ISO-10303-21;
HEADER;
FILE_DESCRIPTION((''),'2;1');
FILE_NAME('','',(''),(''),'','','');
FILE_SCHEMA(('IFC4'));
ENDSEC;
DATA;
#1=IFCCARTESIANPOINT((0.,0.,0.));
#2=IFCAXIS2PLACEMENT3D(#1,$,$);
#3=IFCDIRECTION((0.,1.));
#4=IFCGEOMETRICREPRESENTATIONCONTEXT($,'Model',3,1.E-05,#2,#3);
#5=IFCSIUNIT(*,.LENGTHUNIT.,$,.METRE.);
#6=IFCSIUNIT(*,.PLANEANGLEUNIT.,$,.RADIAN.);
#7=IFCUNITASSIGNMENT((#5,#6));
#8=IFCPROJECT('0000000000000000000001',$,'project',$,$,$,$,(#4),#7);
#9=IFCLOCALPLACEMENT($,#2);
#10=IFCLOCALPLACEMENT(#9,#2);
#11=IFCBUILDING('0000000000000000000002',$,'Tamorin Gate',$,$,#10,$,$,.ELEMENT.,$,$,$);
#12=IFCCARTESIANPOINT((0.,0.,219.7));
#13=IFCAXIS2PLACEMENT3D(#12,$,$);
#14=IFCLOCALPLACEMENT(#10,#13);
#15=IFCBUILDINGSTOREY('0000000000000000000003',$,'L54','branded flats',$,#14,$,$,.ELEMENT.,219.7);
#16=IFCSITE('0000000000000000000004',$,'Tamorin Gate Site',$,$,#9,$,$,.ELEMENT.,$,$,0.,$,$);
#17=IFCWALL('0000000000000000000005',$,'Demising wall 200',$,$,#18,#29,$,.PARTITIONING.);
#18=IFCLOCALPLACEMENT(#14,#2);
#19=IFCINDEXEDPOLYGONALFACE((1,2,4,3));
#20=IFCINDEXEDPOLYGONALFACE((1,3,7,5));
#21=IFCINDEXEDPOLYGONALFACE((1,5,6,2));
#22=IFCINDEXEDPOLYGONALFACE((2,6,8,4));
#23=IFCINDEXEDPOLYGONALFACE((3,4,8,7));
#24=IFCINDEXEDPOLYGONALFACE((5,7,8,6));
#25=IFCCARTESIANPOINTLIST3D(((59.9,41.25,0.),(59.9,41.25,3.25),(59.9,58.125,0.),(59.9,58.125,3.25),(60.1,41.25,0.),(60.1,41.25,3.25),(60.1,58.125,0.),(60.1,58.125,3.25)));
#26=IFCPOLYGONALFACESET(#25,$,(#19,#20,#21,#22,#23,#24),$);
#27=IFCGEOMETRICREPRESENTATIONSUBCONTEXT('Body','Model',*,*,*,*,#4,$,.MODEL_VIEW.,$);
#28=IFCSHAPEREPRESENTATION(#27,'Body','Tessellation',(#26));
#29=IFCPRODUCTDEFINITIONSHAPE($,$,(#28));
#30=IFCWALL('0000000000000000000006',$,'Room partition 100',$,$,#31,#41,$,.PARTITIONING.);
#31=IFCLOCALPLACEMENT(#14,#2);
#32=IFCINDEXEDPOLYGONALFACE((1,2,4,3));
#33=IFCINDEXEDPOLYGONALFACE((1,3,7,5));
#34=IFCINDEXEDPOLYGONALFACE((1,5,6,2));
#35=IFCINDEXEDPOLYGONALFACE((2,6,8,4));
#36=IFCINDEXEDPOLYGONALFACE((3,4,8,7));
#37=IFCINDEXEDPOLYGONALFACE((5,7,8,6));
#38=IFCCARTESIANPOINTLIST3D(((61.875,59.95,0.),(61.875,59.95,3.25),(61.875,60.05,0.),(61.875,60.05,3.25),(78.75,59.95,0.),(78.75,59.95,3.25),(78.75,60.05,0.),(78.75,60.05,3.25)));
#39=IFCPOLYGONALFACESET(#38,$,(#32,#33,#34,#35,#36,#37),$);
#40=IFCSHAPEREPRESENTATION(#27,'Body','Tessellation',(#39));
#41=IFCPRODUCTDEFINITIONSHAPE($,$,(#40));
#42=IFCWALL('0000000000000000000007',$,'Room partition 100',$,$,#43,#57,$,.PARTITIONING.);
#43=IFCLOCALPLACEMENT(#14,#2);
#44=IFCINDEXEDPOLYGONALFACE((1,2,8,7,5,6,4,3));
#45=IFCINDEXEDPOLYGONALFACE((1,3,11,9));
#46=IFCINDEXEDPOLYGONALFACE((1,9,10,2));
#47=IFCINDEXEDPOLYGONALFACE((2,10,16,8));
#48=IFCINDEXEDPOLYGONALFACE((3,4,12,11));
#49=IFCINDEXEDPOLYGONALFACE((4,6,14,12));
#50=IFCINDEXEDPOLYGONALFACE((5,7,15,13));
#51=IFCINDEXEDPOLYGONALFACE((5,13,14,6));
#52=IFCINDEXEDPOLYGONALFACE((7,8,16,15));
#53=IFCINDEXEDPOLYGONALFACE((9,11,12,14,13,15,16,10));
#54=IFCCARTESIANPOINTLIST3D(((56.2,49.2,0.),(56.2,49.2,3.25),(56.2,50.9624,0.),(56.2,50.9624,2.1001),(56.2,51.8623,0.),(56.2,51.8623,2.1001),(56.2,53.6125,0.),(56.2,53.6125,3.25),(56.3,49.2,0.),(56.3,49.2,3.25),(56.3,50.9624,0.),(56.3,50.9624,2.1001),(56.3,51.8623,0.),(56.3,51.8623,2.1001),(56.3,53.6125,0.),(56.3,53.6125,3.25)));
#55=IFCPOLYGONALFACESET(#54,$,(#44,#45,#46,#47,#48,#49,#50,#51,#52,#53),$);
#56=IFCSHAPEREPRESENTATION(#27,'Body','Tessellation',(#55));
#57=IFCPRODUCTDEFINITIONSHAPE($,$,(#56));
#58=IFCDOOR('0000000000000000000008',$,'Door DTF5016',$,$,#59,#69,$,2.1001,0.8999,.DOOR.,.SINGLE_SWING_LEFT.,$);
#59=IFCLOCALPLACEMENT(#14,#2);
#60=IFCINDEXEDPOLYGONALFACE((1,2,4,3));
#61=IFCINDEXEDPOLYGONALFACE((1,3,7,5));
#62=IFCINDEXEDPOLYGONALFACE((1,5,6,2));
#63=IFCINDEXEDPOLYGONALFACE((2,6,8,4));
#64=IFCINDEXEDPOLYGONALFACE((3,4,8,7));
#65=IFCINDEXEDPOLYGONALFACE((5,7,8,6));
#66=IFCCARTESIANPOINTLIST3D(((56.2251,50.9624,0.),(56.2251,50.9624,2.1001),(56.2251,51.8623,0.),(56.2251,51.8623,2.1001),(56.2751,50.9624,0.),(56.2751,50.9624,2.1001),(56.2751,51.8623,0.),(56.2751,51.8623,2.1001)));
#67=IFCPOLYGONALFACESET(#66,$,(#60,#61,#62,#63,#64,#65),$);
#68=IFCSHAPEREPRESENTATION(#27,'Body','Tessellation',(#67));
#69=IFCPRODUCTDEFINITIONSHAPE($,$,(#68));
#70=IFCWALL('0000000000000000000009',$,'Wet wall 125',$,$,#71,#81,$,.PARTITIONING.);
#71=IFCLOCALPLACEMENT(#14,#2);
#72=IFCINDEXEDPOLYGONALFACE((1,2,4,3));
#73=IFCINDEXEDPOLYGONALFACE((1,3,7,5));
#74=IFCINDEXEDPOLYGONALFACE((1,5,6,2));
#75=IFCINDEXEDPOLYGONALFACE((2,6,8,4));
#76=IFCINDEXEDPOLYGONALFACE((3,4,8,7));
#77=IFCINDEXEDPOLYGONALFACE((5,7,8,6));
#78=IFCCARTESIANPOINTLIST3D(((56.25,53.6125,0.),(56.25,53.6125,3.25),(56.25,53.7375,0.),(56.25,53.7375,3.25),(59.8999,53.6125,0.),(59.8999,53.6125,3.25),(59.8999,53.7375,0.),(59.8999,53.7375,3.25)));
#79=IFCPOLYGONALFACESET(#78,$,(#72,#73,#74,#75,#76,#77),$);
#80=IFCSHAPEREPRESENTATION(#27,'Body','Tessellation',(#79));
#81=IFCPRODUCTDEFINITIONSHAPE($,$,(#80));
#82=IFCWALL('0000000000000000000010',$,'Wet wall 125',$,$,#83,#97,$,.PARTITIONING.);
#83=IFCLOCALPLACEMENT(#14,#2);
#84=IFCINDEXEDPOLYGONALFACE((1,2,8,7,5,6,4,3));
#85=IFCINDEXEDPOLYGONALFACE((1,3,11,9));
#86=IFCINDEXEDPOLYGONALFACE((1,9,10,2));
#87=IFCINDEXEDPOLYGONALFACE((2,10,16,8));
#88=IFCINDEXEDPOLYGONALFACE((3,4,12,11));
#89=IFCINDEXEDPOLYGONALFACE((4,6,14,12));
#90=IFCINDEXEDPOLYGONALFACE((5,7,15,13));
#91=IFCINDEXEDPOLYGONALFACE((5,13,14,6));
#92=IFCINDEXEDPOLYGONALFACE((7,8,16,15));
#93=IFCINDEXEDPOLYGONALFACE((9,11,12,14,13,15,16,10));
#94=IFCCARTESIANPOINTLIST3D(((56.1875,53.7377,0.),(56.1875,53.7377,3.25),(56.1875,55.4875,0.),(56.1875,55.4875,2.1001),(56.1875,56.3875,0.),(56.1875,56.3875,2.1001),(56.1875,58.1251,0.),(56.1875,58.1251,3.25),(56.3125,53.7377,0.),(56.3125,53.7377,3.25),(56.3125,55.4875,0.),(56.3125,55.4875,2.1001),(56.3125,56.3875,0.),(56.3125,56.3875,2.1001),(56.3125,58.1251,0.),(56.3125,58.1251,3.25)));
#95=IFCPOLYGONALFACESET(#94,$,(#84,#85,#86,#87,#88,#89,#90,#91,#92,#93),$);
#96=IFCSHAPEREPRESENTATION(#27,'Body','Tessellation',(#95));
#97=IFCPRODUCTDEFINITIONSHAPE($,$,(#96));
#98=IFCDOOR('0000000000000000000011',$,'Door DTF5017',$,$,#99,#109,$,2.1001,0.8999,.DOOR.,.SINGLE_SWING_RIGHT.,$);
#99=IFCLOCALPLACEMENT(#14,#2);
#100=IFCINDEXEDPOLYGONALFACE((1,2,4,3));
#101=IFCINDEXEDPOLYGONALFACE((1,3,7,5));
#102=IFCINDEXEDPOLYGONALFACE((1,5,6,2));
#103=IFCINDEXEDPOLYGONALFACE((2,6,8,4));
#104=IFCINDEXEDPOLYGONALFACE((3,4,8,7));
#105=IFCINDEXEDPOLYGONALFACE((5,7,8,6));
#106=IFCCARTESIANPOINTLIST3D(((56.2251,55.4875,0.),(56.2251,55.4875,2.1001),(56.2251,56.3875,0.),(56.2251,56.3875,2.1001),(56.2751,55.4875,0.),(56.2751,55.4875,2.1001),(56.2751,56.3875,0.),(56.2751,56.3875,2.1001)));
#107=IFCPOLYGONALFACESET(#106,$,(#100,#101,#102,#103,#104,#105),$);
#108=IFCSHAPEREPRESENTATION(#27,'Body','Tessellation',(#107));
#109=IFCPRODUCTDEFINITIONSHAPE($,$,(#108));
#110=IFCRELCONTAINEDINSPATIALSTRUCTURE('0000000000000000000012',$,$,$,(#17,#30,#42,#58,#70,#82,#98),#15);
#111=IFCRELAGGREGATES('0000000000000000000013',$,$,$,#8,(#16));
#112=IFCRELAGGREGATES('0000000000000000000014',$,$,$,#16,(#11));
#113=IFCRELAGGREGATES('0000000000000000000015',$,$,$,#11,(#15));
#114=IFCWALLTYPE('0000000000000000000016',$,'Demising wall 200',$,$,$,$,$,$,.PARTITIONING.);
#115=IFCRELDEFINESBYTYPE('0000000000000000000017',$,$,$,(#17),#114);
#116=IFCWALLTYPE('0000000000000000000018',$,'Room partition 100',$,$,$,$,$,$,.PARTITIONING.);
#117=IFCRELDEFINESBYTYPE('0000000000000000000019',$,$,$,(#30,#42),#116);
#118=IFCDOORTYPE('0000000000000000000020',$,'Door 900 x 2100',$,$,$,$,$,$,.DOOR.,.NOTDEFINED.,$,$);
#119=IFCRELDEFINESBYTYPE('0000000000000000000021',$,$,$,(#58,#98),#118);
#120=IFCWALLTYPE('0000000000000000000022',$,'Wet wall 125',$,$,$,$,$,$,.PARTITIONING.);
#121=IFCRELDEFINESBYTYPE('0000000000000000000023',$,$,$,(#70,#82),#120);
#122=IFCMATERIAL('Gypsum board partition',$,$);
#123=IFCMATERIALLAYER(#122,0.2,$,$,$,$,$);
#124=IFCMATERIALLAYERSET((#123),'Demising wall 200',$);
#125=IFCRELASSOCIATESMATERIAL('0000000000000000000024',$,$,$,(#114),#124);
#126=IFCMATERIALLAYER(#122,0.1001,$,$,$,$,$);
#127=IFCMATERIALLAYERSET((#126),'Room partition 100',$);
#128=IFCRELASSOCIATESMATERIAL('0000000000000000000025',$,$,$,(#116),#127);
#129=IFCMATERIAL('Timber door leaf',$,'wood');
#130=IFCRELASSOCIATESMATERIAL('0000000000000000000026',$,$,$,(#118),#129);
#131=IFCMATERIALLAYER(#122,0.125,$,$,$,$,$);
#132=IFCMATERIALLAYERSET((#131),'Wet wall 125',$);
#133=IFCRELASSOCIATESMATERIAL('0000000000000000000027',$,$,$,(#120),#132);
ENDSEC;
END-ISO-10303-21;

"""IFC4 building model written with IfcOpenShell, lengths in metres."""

from ifc_helpers import new_model, si_unit, direction, frame, frame_2d, origin, place, context, subcontext, project, spatial, rectangle, extrude, material, layer, layer_set, type_object, element, fill, save


model = new_model("IFC4")

# Units and contexts
model_context = context("Model", 3, precision=1e-05, world=origin(), true_north=direction((0.0, 1.0)))
body_context = subcontext(model_context, "Body", "Model", "MODEL_VIEW")
ifc_project = project(units=[si_unit("LENGTHUNIT", "METRE"), si_unit("PLANEANGLEUNIT", "RADIAN")], contexts=[model_context])

# Site, building, storey
site_placement = place(None, origin())
site = spatial("IfcSite", under=ifc_project, at=site_placement, Name="Tamorin Gate Site", CompositionType="ELEMENT", RefElevation=0.0)
building_placement = place(site_placement, origin())
building = spatial("IfcBuilding", under=site, at=building_placement, Name="Tamorin Gate", CompositionType="ELEMENT")
storey_placement = place(building_placement, frame((0.0, 0.0, 219.7)))
storey = spatial("IfcBuildingStorey", under=building, at=storey_placement, Name="L54", Description="branded flats", CompositionType="ELEMENT", Elevation=219.7)

# Shared definitions
ifc_material_1 = material(Name="Gypsum board partition")
ifc_material_2 = material(Name="Timber door leaf", Category="wood")

# Walls
ifc_layer_1 = layer(ifc_material_1, 0.2)
ifc_layer_set_1 = layer_set([ifc_layer_1], Name="Demising wall 200")
wall_type_1 = type_object("IfcWallType", Name="Demising wall 200", PredefinedType="PARTITIONING", material=ifc_layer_set_1)
wall_1_placement = place(storey_placement, frame((60.0, 41.25, 0.0), z_axis=(0.0, 0.0, 1.0), x_axis=(0.0, 1.0, 0.0)))
element("IfcWall", 1, at=wall_1_placement, inside=storey, type_object=wall_type_1, Name="Demising wall 200", PredefinedType="PARTITIONING", context=body_context, shape_type="SweptSolid", body=[
    extrude(rectangle(XDim=16.875, YDim=0.2, at=frame_2d((8.4375, 0.0))), origin(), (0.0, 0.0, 1.0), 3.25),
])
ifc_layer_2 = layer(ifc_material_1, 0.1001)
ifc_layer_set_2 = layer_set([ifc_layer_2], Name="Room partition 100")
wall_type_2 = type_object("IfcWallType", Name="Room partition 100", PredefinedType="PARTITIONING", material=ifc_layer_set_2)
wall_2_placement = place(storey_placement, frame((61.875, 60.0, 0.0), z_axis=(0.0, 0.0, 1.0), x_axis=(1.0, 0.0, 0.0)))
element("IfcWall", 2, at=wall_2_placement, inside=storey, type_object=wall_type_2, Name="Room partition 100", PredefinedType="PARTITIONING", context=body_context, shape_type="SweptSolid", body=[
    extrude(rectangle(XDim=16.875, YDim=0.1001, at=frame_2d((8.4375, 0.0))), origin(), (0.0, 0.0, 1.0), 3.25),
])

# Wall, opening, door
wall_3_placement = place(storey_placement, frame((56.25, 49.2, 0.0), z_axis=(0.0, 0.0, 1.0), x_axis=(0.0, 1.0, 0.0)))
wall_3 = element("IfcWall", 3, at=wall_3_placement, inside=storey, type_object=wall_type_2, Name="Room partition 100", PredefinedType="PARTITIONING", context=body_context, shape_type="SweptSolid", body=[
    extrude(rectangle(XDim=4.4126, YDim=0.1001, at=frame_2d((2.2063, 0.0))), origin(), (0.0, 0.0, 1.0), 3.25),
])
opening_1_placement = place(wall_3_placement, frame((1.7625, 0.0, 0.0)))
opening_1 = element("IfcOpeningElement", 4, at=opening_1_placement, cuts=wall_3, PredefinedType="OPENING", context=body_context, shape_type="SweptSolid", body=[
    extrude(rectangle(XDim=0.8999, YDim=2.1001, at=frame_2d((0.45, 1.05))), frame((0.0, 0.0601, 0.0), z_axis=(0.0, -1.0, 0.0), x_axis=(1.0, 0.0, 0.0)), (0.0, 0.0, 1.0), 0.1201),
])
door_type_1 = type_object("IfcDoorType", Name="Door 900 x 2100", OperationType="NOTDEFINED", PredefinedType="DOOR", material=ifc_material_2)
door_1_placement = place(opening_1_placement, origin())
door_1 = element("IfcDoor", 5, at=door_1_placement, inside=storey, type_object=door_type_1, Name="Door DTF5016", OperationType="SINGLE_SWING_LEFT", OverallHeight=2.1001, OverallWidth=0.8999, PredefinedType="DOOR", context=body_context, shape_type="SweptSolid", body=[
    extrude(rectangle(XDim=0.8999, YDim=2.1001, at=frame_2d((0.45, 1.05))), frame((0.0, 0.0249, 0.0), z_axis=(0.0, -1.0, 0.0), x_axis=(1.0, 0.0, 0.0)), (0.0, 0.0, 1.0), 0.05),
])
fill(opening_1, door_1)

# Wall
ifc_layer_3 = layer(ifc_material_1, 0.125)
ifc_layer_set_3 = layer_set([ifc_layer_3], Name="Wet wall 125")
wall_type_3 = type_object("IfcWallType", Name="Wet wall 125", PredefinedType="PARTITIONING", material=ifc_layer_set_3)
wall_4_placement = place(storey_placement, frame((56.25, 53.675, 0.0), z_axis=(0.0, 0.0, 1.0), x_axis=(1.0, 0.0, 0.0)))
element("IfcWall", 6, at=wall_4_placement, inside=storey, type_object=wall_type_3, Name="Wet wall 125", PredefinedType="PARTITIONING", context=body_context, shape_type="SweptSolid", body=[
    extrude(rectangle(XDim=3.6499, YDim=0.125, at=frame_2d((1.825, 0.0))), origin(), (0.0, 0.0, 1.0), 3.25),
])

# Wall, opening, door
wall_5_placement = place(storey_placement, frame((56.25, 53.7375, 0.0), z_axis=(0.0, 0.0, 1.0), x_axis=(0.0, 1.0, 0.0)))
wall_5 = element("IfcWall", 7, at=wall_5_placement, inside=storey, type_object=wall_type_3, Name="Wet wall 125", PredefinedType="PARTITIONING", context=body_context, shape_type="SweptSolid", body=[
    extrude(rectangle(XDim=4.3875, YDim=0.125, at=frame_2d((2.1938, 0.0))), origin(), (0.0, 0.0, 1.0), 3.25),
])
opening_2_placement = place(wall_5_placement, frame((1.75, 0.0, 0.0)))
opening_2 = element("IfcOpeningElement", 8, at=opening_2_placement, cuts=wall_5, PredefinedType="OPENING", context=body_context, shape_type="SweptSolid", body=[
    extrude(rectangle(XDim=0.8999, YDim=2.1001, at=frame_2d((0.45, 1.05))), frame((0.0, 0.0725, 0.0), z_axis=(0.0, -1.0, 0.0), x_axis=(1.0, 0.0, 0.0)), (0.0, 0.0, 1.0), 0.145),
])
door_2_placement = place(opening_2_placement, origin())
door_2 = element("IfcDoor", 9, at=door_2_placement, inside=storey, type_object=door_type_1, Name="Door DTF5017", OperationType="SINGLE_SWING_RIGHT", OverallHeight=2.1001, OverallWidth=0.8999, PredefinedType="DOOR", context=body_context, shape_type="SweptSolid", body=[
    extrude(rectangle(XDim=0.8999, YDim=2.1001, at=frame_2d((0.45, 1.05))), frame((0.0, 0.0249, 0.0), z_axis=(0.0, -1.0, 0.0), x_axis=(1.0, 0.0, 0.0)), (0.0, 0.0, 1.0), 0.05),
])
fill(opening_2, door_2)

save(model, "model.ifc")
